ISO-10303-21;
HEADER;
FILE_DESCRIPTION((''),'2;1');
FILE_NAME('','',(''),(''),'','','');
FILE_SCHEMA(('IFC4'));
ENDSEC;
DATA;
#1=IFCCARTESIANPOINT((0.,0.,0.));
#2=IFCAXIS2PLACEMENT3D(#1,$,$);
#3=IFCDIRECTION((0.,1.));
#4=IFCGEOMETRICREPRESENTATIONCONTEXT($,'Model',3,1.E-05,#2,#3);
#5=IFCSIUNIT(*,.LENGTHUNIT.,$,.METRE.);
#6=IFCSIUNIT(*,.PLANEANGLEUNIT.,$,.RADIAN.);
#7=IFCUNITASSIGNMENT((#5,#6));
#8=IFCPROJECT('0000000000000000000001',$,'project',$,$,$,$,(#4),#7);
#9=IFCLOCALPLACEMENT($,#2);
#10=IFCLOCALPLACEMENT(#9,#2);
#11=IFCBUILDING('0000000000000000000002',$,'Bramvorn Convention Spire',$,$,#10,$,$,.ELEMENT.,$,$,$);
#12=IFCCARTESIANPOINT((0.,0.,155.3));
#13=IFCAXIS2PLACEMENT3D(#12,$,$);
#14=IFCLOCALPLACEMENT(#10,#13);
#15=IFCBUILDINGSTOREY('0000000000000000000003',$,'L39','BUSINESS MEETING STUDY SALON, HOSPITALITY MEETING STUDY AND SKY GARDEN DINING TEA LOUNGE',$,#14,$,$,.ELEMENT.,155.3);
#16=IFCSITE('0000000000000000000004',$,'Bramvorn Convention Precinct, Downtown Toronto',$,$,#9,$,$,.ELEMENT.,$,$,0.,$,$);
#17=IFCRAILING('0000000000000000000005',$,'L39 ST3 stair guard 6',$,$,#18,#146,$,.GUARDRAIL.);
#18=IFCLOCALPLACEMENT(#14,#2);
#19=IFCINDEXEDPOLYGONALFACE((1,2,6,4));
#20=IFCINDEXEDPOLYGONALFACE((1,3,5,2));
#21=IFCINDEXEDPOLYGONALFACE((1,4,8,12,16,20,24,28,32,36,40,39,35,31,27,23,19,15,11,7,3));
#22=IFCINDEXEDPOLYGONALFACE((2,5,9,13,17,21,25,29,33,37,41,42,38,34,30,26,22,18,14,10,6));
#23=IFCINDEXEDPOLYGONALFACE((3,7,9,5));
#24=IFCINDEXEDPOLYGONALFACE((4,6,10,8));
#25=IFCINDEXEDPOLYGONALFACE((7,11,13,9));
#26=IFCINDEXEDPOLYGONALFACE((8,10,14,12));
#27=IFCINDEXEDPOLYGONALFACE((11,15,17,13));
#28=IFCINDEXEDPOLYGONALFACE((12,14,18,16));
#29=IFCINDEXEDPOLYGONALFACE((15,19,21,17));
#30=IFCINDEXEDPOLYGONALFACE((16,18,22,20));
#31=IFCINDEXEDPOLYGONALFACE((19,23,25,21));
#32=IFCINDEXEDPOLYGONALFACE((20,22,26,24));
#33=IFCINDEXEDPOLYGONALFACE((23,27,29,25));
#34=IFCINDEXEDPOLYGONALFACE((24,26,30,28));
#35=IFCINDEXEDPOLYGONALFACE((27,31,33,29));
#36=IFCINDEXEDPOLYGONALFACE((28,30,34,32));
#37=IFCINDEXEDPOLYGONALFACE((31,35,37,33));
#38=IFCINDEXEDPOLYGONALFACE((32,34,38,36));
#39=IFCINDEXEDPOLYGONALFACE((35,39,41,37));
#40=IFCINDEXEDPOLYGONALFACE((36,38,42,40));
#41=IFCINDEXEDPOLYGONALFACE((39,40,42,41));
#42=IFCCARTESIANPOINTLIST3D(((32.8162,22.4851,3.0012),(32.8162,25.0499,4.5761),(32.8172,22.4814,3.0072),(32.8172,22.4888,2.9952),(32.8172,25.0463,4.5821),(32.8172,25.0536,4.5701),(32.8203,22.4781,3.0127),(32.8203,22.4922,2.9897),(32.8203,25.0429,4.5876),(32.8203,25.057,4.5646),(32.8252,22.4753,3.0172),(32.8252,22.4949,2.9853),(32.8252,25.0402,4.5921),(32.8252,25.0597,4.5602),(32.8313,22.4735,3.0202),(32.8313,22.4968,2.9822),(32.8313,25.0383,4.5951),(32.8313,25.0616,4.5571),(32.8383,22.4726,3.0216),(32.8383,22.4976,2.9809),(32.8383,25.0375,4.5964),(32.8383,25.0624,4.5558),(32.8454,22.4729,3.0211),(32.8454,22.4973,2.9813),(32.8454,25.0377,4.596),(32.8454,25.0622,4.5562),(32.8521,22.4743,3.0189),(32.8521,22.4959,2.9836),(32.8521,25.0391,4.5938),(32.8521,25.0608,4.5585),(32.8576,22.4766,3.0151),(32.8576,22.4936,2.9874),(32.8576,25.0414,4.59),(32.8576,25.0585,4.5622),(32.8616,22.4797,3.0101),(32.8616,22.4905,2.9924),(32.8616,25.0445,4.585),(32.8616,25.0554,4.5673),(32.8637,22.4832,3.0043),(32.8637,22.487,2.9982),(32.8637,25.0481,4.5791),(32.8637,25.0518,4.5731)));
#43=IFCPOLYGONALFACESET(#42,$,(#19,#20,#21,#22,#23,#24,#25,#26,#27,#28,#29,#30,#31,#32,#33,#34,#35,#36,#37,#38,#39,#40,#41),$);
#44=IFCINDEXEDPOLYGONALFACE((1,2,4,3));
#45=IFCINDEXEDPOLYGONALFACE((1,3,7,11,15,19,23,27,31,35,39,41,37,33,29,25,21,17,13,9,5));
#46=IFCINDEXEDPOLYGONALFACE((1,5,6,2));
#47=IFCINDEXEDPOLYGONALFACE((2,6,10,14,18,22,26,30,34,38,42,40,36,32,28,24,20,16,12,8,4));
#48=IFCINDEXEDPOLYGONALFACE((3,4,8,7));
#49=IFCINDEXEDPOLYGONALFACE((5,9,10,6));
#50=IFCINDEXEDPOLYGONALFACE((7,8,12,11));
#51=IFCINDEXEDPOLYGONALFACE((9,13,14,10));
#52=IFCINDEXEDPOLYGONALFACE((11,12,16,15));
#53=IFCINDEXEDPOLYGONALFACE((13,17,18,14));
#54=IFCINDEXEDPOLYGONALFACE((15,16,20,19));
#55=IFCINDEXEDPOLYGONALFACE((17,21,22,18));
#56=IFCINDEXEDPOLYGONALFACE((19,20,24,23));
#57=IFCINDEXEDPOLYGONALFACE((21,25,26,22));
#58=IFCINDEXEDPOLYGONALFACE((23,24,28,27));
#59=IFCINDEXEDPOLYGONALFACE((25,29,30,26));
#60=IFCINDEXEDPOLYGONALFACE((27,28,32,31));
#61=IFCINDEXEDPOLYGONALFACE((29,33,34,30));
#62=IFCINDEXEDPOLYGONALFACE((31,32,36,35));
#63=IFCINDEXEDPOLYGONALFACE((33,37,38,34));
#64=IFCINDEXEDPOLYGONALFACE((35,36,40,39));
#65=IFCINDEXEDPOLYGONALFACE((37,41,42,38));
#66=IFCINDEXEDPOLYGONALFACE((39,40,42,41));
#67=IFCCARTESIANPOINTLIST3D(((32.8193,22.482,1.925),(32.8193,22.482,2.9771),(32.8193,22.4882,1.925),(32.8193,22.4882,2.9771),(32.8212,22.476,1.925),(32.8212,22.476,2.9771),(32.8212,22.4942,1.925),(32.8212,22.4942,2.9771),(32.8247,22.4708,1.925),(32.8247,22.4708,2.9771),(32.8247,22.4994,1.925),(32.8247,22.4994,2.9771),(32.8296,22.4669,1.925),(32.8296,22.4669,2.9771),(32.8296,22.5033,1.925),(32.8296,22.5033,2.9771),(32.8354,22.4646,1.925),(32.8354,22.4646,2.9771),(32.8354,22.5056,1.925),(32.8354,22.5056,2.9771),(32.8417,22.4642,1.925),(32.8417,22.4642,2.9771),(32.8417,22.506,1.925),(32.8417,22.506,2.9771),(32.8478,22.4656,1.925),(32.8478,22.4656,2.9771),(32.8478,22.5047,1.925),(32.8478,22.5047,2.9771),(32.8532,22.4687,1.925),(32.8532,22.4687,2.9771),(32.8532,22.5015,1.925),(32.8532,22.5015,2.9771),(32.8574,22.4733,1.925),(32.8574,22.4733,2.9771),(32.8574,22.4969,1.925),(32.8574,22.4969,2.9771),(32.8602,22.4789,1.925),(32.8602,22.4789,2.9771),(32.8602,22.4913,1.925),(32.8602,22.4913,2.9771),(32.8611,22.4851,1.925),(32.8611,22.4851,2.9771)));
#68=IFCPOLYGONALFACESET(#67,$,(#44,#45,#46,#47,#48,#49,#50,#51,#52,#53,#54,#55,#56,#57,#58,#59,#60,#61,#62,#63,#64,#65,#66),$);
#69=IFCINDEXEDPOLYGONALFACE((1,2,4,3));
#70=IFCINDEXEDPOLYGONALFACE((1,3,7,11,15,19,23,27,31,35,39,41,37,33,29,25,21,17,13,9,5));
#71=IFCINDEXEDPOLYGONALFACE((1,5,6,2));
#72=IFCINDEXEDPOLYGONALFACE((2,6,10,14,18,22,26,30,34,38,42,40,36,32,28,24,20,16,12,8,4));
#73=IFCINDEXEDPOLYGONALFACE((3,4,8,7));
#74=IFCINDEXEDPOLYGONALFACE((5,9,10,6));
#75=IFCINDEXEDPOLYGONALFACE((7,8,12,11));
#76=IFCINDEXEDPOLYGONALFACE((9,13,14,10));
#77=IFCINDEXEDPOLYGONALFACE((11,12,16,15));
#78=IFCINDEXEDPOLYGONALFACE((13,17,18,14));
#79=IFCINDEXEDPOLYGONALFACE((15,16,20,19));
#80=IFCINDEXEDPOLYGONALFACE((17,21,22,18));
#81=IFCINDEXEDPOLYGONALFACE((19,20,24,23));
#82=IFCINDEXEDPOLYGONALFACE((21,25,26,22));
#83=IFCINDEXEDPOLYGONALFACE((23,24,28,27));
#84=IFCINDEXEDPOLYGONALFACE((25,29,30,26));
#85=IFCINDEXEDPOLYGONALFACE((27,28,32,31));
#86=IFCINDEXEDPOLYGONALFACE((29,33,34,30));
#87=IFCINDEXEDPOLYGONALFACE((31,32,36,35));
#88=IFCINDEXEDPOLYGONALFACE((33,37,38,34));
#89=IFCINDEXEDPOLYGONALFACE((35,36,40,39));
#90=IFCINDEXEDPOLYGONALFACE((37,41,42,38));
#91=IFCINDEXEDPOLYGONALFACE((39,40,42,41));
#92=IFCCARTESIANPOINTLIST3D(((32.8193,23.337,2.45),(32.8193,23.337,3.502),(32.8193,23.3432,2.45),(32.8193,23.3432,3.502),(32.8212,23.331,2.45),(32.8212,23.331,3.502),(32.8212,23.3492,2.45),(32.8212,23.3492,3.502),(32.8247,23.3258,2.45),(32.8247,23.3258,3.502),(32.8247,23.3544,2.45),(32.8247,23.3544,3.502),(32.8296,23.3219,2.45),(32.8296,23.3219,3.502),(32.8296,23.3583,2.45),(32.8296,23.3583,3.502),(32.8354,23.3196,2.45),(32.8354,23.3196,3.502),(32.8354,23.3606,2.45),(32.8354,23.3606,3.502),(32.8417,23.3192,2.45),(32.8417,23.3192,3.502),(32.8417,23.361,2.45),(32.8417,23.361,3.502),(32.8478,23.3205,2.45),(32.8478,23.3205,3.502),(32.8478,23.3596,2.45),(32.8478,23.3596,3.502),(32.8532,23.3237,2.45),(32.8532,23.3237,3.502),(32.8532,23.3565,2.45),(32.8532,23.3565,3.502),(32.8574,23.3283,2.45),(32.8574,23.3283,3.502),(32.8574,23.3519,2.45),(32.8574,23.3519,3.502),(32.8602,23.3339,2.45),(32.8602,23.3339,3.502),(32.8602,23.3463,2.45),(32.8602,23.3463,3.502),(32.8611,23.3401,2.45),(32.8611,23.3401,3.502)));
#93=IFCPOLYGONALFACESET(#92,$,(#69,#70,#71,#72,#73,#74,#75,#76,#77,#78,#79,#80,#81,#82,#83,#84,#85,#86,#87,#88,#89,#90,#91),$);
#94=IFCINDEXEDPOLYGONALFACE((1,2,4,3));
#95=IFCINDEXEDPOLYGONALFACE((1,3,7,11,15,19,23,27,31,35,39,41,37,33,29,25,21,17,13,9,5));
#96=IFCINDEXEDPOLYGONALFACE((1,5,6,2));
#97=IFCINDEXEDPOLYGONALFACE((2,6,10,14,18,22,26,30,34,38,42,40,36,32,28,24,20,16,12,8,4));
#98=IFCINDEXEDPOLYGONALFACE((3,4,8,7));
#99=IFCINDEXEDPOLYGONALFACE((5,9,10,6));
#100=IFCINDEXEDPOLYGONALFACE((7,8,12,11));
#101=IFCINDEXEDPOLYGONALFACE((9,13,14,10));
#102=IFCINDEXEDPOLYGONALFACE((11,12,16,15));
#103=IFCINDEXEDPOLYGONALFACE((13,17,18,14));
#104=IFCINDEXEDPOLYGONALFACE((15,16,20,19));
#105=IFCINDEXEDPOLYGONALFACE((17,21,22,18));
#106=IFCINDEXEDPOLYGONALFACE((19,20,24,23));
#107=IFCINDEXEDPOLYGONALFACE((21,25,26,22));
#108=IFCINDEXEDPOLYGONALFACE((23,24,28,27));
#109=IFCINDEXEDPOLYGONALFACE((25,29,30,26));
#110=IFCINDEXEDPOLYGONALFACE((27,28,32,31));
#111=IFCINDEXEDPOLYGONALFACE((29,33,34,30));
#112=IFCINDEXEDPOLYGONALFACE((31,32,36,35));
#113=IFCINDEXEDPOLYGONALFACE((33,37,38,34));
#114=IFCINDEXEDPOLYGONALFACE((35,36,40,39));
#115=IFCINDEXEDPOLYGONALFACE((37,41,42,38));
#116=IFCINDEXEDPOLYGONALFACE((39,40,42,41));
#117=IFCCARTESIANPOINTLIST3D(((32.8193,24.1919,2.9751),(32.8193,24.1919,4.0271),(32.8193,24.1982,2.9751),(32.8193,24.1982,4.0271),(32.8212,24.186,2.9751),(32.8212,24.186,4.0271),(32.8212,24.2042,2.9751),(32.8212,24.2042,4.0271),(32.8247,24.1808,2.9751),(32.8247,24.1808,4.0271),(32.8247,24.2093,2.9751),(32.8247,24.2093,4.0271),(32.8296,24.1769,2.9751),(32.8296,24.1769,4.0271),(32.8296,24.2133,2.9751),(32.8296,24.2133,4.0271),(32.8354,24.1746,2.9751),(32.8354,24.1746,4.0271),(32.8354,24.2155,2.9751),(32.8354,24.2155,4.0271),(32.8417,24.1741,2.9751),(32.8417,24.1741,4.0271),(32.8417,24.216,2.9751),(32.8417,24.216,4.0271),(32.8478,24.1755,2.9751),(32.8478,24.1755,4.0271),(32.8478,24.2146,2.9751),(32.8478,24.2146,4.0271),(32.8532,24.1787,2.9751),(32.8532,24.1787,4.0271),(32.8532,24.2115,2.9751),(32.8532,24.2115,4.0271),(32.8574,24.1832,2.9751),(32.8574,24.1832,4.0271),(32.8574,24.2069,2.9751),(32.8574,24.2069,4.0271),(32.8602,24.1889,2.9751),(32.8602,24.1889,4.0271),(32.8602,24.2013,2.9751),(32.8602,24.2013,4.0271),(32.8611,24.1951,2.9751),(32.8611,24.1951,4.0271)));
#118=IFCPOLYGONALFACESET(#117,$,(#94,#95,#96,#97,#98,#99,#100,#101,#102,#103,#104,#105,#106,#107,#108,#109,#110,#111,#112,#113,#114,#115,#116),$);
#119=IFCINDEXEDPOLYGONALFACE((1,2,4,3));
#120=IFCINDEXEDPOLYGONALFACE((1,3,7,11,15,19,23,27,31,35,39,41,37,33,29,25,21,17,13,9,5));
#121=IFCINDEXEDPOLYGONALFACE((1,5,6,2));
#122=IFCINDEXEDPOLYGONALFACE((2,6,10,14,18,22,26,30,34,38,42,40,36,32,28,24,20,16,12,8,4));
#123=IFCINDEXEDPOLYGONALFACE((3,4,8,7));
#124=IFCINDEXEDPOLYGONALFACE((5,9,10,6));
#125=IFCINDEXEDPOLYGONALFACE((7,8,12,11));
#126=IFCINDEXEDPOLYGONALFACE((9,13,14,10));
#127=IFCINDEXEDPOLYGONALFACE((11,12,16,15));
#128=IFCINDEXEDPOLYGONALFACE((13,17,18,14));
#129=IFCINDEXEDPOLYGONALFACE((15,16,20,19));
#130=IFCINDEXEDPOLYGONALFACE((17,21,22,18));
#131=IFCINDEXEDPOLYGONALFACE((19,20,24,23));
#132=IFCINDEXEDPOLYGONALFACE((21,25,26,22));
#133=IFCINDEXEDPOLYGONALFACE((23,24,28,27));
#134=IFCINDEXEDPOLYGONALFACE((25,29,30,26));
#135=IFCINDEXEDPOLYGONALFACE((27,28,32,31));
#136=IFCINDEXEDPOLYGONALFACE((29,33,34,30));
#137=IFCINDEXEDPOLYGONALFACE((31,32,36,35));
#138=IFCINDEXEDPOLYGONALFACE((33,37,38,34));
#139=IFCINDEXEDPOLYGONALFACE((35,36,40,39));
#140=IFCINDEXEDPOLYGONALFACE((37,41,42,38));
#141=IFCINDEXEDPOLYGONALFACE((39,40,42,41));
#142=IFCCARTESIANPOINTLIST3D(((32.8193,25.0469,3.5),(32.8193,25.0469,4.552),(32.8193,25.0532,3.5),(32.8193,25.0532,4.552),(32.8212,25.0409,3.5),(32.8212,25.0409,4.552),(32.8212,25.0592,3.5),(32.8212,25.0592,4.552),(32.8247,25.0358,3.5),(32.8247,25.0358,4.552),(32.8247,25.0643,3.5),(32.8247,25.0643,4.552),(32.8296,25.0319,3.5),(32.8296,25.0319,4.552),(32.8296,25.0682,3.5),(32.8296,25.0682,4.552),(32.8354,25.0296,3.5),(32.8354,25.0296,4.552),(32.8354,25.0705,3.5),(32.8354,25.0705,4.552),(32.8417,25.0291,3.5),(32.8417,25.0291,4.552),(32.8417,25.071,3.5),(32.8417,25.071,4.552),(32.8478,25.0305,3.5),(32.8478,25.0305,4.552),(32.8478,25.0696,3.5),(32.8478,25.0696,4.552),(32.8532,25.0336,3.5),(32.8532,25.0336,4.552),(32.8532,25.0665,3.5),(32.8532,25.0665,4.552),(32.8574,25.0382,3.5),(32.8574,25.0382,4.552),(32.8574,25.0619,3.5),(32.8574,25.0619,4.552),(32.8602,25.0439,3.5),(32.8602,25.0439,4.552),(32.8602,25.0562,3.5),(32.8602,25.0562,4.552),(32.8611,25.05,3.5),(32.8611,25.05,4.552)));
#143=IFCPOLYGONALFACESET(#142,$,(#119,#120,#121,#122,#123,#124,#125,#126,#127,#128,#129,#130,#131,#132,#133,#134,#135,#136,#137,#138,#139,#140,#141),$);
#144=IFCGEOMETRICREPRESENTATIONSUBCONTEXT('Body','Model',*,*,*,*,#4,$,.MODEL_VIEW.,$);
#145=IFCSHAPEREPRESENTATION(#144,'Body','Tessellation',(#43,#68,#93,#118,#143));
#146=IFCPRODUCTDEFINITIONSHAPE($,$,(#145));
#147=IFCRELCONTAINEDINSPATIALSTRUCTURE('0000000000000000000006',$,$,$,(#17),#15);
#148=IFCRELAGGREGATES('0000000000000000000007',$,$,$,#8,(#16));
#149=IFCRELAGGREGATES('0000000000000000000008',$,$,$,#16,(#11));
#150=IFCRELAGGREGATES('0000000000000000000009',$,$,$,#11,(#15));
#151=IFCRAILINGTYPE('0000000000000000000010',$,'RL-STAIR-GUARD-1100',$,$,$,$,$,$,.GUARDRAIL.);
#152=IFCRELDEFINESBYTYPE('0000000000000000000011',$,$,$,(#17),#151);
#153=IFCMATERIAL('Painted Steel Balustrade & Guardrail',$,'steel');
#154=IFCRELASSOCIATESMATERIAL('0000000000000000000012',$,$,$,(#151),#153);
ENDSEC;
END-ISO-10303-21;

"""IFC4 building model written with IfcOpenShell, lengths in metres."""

from ifc_helpers import new_model, si_unit, direction, frame, origin, origin_2d, place, context, subcontext, project, spatial, circle, extrude, material, type_object, element, save


model = new_model("IFC4")

# Units and contexts
model_context = context("Model", 3, precision=1e-05, world=origin(), true_north=direction((0.0, 1.0)))
body_context = subcontext(model_context, "Body", "Model", "MODEL_VIEW")
ifc_project = project(units=[si_unit("LENGTHUNIT", "METRE"), si_unit("PLANEANGLEUNIT", "RADIAN")], contexts=[model_context])

# Site, building, storey
site_placement = place(None, origin())
site = spatial("IfcSite", under=ifc_project, at=site_placement, Name="Bramvorn Convention Precinct, Downtown Toronto", CompositionType="ELEMENT", RefElevation=0.0)
building_placement = place(site_placement, origin())
building = spatial("IfcBuilding", under=site, at=building_placement, Name="Bramvorn Convention Spire", CompositionType="ELEMENT")
storey_placement = place(building_placement, frame((0.0, 0.0, 155.3)))
storey = spatial("IfcBuildingStorey", under=building, at=storey_placement, Name="L39", Description="BUSINESS MEETING STUDY SALON, HOSPITALITY MEETING STUDY AND SKY GARDEN DINING TEA LOUNGE", CompositionType="ELEMENT", Elevation=155.3)

# Railing
ifc_material_1 = material(Name="Painted Steel Balustrade & Guardrail", Category="steel")
railing_type_1 = type_object("IfcRailingType", Name="RL-STAIR-GUARD-1100", PredefinedType="GUARDRAIL", material=ifc_material_1)
railing_1_placement = place(storey_placement, frame((32.8401, 22.4851, 1.925)))
element("IfcRailing", 1, at=railing_1_placement, inside=storey, type_object=railing_type_1, Name="L39 ST3 stair guard 6", PredefinedType="GUARDRAIL", context=body_context, shape_type="SweptSolid", body=[
    extrude(circle(Radius=0.0239, at=origin_2d()), frame((0.0, 0.0, 1.0762), z_axis=(0.0, 0.852173, 0.52326), x_axis=(-1.0, 0.0, 0.0)), (0.0, 0.0, 1.0), 3.0098),
    extrude(circle(Radius=0.021, at=origin_2d()), origin(), (0.0, 0.0, 1.0), 1.052),
    extrude(circle(Radius=0.021, at=origin_2d()), frame((0.0, 0.855, 0.5249)), (0.0, 0.0, 1.0), 1.052),
    extrude(circle(Radius=0.021, at=origin_2d()), frame((0.0, 1.71, 1.05)), (0.0, 0.0, 1.0), 1.052),
    extrude(circle(Radius=0.021, at=origin_2d()), frame((0.0, 2.5649, 1.575)), (0.0, 0.0, 1.0), 1.052),
])

save(model, "model.ifc")
